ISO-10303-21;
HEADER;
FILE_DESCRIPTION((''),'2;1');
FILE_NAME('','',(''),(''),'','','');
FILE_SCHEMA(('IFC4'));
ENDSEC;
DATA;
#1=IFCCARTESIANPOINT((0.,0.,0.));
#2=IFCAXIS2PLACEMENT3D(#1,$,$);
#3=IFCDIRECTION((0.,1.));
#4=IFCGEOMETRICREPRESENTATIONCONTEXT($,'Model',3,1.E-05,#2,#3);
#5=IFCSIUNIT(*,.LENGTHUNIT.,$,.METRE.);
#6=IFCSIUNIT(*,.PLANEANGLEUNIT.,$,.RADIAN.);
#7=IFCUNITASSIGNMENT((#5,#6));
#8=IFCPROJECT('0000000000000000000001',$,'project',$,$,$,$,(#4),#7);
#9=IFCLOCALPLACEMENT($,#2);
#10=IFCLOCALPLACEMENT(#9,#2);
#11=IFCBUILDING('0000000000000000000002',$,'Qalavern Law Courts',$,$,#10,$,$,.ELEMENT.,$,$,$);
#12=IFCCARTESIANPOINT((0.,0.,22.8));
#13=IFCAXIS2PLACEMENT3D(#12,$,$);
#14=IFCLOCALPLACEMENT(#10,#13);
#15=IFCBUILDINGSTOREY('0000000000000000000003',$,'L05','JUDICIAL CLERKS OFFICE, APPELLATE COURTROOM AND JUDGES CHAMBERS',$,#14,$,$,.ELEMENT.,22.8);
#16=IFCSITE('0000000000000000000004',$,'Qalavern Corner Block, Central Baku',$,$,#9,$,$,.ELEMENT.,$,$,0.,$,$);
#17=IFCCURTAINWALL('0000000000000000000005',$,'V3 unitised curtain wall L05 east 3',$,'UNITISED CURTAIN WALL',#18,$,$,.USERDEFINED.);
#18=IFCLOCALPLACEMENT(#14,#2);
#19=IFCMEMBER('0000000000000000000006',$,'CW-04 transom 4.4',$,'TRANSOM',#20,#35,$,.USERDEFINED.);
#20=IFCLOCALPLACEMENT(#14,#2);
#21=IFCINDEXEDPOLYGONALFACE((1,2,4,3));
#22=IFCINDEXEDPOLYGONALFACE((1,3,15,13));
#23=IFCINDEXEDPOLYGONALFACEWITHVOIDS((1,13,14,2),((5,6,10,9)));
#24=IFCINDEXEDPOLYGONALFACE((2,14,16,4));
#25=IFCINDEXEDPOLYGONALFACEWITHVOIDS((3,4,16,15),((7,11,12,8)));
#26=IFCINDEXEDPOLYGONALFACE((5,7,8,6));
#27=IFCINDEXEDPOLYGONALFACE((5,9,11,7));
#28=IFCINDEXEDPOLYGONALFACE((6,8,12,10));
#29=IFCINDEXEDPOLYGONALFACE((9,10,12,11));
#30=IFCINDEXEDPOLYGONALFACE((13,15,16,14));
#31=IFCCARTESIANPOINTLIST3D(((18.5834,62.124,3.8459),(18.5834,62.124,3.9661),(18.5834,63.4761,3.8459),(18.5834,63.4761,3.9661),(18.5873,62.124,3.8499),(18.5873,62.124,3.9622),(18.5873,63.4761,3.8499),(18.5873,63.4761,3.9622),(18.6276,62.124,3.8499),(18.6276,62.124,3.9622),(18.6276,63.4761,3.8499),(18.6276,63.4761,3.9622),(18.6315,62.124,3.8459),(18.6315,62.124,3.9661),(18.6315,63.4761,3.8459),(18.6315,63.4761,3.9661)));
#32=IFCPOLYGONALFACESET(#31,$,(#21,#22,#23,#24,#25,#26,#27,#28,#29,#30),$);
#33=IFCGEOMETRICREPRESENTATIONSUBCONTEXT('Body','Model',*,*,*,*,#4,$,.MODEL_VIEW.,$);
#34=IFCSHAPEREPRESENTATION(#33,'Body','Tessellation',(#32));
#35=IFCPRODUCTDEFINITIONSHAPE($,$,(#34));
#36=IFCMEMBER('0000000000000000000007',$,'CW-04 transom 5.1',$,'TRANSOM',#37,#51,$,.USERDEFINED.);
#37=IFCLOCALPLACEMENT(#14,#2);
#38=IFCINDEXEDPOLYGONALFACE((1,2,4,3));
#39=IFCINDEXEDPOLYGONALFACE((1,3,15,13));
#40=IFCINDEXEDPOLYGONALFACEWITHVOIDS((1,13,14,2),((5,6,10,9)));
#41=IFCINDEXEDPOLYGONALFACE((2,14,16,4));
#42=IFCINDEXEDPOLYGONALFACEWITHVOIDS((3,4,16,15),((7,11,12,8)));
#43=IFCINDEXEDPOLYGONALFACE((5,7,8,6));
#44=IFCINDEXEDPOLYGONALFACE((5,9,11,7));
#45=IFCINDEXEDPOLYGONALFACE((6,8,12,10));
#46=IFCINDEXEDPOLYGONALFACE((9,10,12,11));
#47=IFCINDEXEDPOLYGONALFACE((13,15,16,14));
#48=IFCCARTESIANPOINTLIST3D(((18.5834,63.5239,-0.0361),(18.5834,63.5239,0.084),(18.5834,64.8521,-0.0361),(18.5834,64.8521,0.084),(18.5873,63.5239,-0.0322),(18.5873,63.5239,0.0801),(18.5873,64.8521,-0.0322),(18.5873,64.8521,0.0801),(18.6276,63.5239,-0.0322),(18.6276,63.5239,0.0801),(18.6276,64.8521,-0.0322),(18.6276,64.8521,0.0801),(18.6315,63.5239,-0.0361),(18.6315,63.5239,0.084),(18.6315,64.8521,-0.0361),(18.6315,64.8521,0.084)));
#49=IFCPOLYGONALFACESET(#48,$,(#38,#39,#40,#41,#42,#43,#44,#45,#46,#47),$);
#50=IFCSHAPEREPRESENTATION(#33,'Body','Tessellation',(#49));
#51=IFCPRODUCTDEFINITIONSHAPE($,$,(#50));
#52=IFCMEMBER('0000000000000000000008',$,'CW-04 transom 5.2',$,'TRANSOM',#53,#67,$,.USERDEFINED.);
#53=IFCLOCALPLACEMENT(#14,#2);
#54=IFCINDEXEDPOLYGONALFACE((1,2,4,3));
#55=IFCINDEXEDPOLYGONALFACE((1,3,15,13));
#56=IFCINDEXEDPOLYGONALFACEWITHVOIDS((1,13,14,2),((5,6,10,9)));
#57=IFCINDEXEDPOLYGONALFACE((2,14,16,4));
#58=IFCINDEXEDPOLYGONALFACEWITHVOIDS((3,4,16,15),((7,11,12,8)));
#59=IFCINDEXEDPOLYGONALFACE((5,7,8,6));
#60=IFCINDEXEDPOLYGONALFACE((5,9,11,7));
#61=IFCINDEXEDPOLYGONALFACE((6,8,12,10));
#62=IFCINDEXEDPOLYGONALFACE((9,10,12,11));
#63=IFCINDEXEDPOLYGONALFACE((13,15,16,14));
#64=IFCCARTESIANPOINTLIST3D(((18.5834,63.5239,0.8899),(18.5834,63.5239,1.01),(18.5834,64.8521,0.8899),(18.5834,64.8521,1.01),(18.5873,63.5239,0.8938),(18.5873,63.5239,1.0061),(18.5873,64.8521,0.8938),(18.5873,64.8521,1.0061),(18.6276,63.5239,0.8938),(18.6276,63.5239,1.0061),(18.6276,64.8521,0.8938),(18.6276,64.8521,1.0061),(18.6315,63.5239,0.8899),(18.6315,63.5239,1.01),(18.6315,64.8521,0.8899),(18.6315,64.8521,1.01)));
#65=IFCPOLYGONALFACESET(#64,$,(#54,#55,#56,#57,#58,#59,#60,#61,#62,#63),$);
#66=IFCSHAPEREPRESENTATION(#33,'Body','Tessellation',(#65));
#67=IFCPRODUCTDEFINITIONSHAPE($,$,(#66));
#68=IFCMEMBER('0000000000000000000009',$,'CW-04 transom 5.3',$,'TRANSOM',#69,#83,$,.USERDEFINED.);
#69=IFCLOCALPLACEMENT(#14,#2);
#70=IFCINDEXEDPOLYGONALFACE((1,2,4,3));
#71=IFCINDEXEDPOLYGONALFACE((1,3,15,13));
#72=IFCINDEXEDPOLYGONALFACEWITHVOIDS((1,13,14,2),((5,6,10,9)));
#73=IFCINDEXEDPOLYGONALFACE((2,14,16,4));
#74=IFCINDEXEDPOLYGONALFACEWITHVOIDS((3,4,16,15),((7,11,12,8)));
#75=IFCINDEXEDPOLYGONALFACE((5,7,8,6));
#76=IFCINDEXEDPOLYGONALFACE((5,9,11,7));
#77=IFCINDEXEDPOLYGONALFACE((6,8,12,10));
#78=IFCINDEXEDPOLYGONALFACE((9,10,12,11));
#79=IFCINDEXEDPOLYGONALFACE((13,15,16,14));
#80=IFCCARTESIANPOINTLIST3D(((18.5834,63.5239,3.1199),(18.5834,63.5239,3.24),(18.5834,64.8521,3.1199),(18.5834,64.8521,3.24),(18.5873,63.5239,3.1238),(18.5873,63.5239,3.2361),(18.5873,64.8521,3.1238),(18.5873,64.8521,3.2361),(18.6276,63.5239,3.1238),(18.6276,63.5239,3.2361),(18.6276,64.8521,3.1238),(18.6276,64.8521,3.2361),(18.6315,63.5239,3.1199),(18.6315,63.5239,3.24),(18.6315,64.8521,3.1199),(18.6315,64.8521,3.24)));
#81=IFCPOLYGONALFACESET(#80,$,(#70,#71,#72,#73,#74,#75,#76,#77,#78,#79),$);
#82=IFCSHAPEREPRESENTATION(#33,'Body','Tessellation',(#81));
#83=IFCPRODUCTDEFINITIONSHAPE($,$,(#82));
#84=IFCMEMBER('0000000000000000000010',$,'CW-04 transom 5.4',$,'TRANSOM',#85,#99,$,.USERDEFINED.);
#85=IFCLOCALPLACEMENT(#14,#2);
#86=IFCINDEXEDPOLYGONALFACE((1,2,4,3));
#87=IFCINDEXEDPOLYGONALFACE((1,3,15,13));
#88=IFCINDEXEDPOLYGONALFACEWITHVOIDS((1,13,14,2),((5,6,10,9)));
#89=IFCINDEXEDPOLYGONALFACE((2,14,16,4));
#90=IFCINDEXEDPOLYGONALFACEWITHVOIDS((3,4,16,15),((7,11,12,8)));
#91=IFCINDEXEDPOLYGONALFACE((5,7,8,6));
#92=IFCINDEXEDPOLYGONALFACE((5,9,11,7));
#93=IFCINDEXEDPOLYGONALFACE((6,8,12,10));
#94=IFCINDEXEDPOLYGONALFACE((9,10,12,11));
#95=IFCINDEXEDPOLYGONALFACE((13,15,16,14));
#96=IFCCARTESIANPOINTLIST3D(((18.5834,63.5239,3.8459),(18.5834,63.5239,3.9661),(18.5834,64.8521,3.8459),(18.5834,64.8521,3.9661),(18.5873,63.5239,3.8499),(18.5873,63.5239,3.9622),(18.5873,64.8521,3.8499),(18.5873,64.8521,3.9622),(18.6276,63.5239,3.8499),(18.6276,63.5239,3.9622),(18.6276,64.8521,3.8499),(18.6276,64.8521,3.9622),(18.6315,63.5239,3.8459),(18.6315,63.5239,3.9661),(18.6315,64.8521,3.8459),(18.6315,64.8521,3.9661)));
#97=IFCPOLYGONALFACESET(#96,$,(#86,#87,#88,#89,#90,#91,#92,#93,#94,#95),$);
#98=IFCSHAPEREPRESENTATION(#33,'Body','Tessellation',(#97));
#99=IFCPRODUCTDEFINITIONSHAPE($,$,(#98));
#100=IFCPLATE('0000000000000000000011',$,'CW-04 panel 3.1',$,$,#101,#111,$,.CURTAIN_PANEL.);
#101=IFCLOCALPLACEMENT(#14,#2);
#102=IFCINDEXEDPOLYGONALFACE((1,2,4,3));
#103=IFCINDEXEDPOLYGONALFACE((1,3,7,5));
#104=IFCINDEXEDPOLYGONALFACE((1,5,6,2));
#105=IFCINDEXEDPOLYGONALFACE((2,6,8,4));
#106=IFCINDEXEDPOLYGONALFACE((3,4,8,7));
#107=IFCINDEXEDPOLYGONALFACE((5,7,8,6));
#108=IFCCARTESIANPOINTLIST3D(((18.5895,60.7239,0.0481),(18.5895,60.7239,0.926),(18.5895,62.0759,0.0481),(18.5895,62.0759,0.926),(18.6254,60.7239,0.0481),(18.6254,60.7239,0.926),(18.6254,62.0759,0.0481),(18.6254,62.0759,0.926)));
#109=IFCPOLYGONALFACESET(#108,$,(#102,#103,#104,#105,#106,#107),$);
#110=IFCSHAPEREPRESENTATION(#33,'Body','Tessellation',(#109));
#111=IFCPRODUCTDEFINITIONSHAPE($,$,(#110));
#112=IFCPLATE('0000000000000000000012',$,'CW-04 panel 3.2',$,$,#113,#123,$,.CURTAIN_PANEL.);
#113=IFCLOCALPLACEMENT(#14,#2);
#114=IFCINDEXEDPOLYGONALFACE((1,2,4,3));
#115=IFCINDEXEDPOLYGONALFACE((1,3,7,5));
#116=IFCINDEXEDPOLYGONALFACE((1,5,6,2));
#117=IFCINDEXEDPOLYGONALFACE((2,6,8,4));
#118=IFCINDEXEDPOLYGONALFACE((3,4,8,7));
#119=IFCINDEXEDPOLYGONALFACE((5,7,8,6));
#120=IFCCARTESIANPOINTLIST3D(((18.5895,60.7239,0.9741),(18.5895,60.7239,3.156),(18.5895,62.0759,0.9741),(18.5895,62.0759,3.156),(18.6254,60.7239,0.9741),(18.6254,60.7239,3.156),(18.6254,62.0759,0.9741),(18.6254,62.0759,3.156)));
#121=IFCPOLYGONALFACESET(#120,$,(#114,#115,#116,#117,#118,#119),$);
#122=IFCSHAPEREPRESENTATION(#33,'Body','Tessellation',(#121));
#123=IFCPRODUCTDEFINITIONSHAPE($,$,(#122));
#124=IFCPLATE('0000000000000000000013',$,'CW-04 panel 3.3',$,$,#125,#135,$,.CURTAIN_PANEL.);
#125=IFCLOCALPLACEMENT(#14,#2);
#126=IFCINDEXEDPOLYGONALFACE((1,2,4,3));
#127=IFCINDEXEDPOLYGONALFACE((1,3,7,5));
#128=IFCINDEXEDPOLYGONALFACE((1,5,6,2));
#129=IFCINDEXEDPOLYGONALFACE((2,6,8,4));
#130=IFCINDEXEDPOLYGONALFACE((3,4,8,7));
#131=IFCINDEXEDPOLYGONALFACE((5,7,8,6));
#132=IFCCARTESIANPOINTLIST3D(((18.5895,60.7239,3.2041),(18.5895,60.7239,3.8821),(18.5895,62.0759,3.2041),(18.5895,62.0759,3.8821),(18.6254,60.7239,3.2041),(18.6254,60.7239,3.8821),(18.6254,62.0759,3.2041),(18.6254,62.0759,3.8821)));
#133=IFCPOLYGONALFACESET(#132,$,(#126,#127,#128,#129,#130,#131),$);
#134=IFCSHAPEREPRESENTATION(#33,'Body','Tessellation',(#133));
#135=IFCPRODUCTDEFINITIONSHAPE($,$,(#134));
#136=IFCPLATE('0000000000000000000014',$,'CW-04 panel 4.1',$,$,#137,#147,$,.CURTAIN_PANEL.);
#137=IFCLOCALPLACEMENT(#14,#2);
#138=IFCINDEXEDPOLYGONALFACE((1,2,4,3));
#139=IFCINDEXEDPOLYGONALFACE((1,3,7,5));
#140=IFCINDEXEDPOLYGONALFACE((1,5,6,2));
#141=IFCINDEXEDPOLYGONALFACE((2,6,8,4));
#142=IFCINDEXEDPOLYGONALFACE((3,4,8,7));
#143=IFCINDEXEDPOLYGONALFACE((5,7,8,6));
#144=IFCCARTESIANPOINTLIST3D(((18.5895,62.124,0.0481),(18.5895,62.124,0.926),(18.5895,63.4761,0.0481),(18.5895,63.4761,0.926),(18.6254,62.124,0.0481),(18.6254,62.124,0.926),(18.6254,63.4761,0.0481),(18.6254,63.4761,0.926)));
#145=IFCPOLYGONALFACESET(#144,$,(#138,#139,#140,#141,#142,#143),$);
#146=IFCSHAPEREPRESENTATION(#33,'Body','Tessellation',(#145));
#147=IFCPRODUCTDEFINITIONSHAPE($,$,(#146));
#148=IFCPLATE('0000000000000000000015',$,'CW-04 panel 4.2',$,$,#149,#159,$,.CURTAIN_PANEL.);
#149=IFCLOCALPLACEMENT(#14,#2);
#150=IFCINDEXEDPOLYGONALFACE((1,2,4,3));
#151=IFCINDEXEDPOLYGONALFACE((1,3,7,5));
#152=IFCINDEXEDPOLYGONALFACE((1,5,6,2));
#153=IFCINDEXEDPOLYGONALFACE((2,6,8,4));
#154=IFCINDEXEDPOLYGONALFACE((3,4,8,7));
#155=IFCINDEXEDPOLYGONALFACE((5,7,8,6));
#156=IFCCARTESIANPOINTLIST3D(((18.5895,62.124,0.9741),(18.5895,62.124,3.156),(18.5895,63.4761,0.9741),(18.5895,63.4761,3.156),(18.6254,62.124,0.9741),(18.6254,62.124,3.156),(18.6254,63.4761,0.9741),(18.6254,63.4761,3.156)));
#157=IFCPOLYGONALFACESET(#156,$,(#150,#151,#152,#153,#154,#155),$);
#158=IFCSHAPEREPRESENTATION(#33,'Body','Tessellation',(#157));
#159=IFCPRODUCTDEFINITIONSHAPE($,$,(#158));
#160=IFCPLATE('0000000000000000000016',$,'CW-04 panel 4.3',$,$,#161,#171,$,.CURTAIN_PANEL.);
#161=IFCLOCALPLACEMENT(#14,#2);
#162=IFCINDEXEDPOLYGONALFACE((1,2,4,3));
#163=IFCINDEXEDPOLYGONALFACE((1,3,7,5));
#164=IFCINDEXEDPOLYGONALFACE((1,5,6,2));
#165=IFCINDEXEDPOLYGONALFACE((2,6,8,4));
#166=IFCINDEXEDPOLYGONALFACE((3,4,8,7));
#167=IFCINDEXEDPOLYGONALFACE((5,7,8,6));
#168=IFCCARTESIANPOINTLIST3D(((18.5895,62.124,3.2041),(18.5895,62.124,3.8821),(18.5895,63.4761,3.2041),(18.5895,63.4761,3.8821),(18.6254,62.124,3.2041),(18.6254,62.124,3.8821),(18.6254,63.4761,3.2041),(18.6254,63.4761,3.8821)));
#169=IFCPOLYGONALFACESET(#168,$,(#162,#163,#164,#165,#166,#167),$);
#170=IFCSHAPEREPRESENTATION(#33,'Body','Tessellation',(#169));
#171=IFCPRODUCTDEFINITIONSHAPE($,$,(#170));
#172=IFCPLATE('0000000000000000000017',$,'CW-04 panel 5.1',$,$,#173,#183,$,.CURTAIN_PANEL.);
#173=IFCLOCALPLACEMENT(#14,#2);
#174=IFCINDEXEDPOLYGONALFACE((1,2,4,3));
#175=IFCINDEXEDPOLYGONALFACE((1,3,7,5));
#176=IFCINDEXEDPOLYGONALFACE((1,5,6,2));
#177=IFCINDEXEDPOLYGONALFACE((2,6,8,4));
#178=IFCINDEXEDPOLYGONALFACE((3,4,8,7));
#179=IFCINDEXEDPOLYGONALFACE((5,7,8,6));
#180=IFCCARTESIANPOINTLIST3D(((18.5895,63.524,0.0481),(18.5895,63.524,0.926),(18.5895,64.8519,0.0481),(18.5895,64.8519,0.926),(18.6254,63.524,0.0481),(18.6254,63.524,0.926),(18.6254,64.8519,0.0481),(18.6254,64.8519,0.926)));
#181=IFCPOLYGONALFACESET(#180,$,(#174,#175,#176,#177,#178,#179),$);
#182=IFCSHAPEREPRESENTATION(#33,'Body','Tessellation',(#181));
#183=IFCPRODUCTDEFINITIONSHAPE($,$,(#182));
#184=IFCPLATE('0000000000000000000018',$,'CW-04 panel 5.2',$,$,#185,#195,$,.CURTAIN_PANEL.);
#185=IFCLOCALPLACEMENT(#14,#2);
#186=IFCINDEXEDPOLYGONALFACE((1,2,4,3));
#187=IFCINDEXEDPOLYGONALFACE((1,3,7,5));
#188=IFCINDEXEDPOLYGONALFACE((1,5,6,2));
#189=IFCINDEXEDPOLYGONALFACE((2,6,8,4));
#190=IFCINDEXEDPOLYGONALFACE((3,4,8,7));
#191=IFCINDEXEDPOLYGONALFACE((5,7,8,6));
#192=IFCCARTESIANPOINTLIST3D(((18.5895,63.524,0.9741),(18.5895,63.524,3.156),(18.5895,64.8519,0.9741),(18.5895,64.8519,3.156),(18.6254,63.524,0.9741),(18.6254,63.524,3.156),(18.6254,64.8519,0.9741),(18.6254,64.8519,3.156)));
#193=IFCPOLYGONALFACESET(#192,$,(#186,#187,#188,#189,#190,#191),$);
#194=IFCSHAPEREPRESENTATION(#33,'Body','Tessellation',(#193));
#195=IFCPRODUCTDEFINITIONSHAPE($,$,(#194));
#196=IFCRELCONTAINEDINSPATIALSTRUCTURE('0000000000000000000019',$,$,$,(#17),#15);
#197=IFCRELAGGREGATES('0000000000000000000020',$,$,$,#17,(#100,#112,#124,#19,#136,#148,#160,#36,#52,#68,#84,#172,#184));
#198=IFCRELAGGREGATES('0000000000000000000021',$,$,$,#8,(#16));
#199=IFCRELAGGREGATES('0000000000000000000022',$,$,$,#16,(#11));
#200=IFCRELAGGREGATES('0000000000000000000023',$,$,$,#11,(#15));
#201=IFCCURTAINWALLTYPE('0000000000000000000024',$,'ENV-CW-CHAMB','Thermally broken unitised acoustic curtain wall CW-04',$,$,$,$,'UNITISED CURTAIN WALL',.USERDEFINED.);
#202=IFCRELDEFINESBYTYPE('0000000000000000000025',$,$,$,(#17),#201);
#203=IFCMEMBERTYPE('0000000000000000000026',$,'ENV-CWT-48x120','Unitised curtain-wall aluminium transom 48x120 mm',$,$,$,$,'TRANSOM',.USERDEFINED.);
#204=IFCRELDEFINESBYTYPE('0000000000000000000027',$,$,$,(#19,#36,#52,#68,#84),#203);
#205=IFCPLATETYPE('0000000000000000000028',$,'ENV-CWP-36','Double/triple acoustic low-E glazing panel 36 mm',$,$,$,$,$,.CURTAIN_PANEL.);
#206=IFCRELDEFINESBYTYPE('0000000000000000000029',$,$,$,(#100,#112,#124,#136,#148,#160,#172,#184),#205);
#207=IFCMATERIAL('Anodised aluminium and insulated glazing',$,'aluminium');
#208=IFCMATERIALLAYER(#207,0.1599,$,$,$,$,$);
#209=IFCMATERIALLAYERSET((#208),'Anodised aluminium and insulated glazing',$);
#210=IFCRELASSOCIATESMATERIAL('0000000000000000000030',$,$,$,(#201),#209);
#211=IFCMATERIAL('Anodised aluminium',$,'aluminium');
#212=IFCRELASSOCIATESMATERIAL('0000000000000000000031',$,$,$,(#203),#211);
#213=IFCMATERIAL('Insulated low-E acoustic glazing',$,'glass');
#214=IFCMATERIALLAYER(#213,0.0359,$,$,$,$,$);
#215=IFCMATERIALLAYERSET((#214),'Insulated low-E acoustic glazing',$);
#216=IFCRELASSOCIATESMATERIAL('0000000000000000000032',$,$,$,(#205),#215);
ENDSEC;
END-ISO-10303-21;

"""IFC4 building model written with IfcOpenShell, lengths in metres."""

from ifc_helpers import new_model, si_unit, direction, frame, origin, origin_2d, place, context, subcontext, project, spatial, rectangle, hollow_rectangle, extrude, material, layer, layer_set, material_profile, profile_set, type_object, element, aggregate, save


model = new_model("IFC4")

# Units and contexts
model_context = context("Model", 3, precision=1e-05, world=origin(), true_north=direction((0.0, 1.0)))
body_context = subcontext(model_context, "Body", "Model", "MODEL_VIEW")
ifc_project = project(units=[si_unit("LENGTHUNIT", "METRE"), si_unit("PLANEANGLEUNIT", "RADIAN")], contexts=[model_context])

# Site, building, storey
site_placement = place(None, origin())
site = spatial("IfcSite", under=ifc_project, at=site_placement, Name="Qalavern Corner Block, Central Baku", CompositionType="ELEMENT", RefElevation=0.0)
building_placement = place(site_placement, origin())
building = spatial("IfcBuilding", under=site, at=building_placement, Name="Qalavern Law Courts", CompositionType="ELEMENT")
storey_placement = place(building_placement, frame((0.0, 0.0, 22.8)))
storey = spatial("IfcBuildingStorey", under=building, at=storey_placement, Name="L05", Description="JUDICIAL CLERKS OFFICE, APPELLATE COURTROOM AND JUDGES CHAMBERS", CompositionType="ELEMENT", Elevation=22.8)

# Curtain wall, members, plates
ifc_material_1 = material(Name="Anodised aluminium and insulated glazing", Category="aluminium")
ifc_layer_1 = layer(ifc_material_1, 0.1599)
ifc_layer_set_1 = layer_set([ifc_layer_1], Name="Anodised aluminium and insulated glazing")
curtain_wall_type = type_object("IfcCurtainWallType", Name="ENV-CW-CHAMB", Description="Thermally broken unitised acoustic curtain wall CW-04", ElementType="UNITISED CURTAIN WALL", PredefinedType="USERDEFINED", material=ifc_layer_set_1)
curtain_wall_placement = place(storey_placement, origin())
curtain_wall = element("IfcCurtainWall", 1, at=curtain_wall_placement, inside=storey, type_object=curtain_wall_type, Name="V3 unitised curtain wall L05 east 3", ObjectType="UNITISED CURTAIN WALL", PredefinedType="USERDEFINED")
ifc_material_2 = material(Name="Anodised aluminium", Category="aluminium")
ifc_material_profile_1 = material_profile(ifc_material_2, hollow_rectangle(XDim=0.0481, YDim=0.1201, WallThickness=0.0039, at=origin_2d()), Name="ALU TRANSOM 48x120")
ifc_profile_set_1 = profile_set([ifc_material_profile_1], Name="Anodised aluminium")
member_type_1 = type_object("IfcMemberType", Name="ENV-CWT-48x120", Description="Unitised curtain-wall aluminium transom 48x120 mm", ElementType="TRANSOM", PredefinedType="USERDEFINED", material=ifc_profile_set_1)
member_1_placement = place(storey_placement, frame((18.6074, 62.124, 3.906), z_axis=(0.0, 1.0, 0.0), x_axis=(-1.0, 0.0, 0.0)))
member_1 = element("IfcMember", 2, at=member_1_placement, type_object=member_type_1, Name="CW-04 transom 4.4", ObjectType="TRANSOM", PredefinedType="USERDEFINED", context=body_context, shape_type="SweptSolid", body=[
    extrude(hollow_rectangle(XDim=0.0481, YDim=0.1201, WallThickness=0.0039, at=origin_2d()), origin(), (0.0, 0.0, 1.0), 1.3521),
])
member_2_placement = place(storey_placement, frame((18.6074, 63.5239, 0.0239), z_axis=(0.0, 1.0, 0.0), x_axis=(-1.0, 0.0, 0.0)))
member_2 = element("IfcMember", 3, at=member_2_placement, type_object=member_type_1, Name="CW-04 transom 5.1", ObjectType="TRANSOM", PredefinedType="USERDEFINED", context=body_context, shape_type="SweptSolid", body=[
    extrude(hollow_rectangle(XDim=0.0481, YDim=0.1201, WallThickness=0.0039, at=origin_2d()), origin(), (0.0, 0.0, 1.0), 1.3281),
])
member_3_placement = place(storey_placement, frame((18.6074, 63.5239, 0.95), z_axis=(0.0, 1.0, 0.0), x_axis=(-1.0, 0.0, 0.0)))
member_3 = element("IfcMember", 4, at=member_3_placement, type_object=member_type_1, Name="CW-04 transom 5.2", ObjectType="TRANSOM", PredefinedType="USERDEFINED", context=body_context, shape_type="SweptSolid", body=[
    extrude(hollow_rectangle(XDim=0.0481, YDim=0.1201, WallThickness=0.0039, at=origin_2d()), origin(), (0.0, 0.0, 1.0), 1.3281),
])
member_4_placement = place(storey_placement, frame((18.6074, 63.5239, 3.1799), z_axis=(0.0, 1.0, 0.0), x_axis=(-1.0, 0.0, 0.0)))
member_4 = element("IfcMember", 5, at=member_4_placement, type_object=member_type_1, Name="CW-04 transom 5.3", ObjectType="TRANSOM", PredefinedType="USERDEFINED", context=body_context, shape_type="SweptSolid", body=[
    extrude(hollow_rectangle(XDim=0.0481, YDim=0.1201, WallThickness=0.0039, at=origin_2d()), origin(), (0.0, 0.0, 1.0), 1.3281),
])
member_5_placement = place(storey_placement, frame((18.6074, 63.5239, 3.906), z_axis=(0.0, 1.0, 0.0), x_axis=(-1.0, 0.0, 0.0)))
member_5 = element("IfcMember", 6, at=member_5_placement, type_object=member_type_1, Name="CW-04 transom 5.4", ObjectType="TRANSOM", PredefinedType="USERDEFINED", context=body_context, shape_type="SweptSolid", body=[
    extrude(hollow_rectangle(XDim=0.0481, YDim=0.1201, WallThickness=0.0039, at=origin_2d()), origin(), (0.0, 0.0, 1.0), 1.3281),
])
ifc_material_3 = material(Name="Insulated low-E acoustic glazing", Category="glass")
ifc_layer_2 = layer(ifc_material_3, 0.0359)
ifc_layer_set_2 = layer_set([ifc_layer_2], Name="Insulated low-E acoustic glazing")
plate_type = type_object("IfcPlateType", Name="ENV-CWP-36", Description="Double/triple acoustic low-E glazing panel 36 mm", PredefinedType="CURTAIN_PANEL", material=ifc_layer_set_2)
plate_1_placement = place(storey_placement, frame((18.6074, 61.3999, 0.0481), z_axis=(0.0, 0.0, 1.0), x_axis=(0.0, 1.0, 0.0)))
plate_1 = element("IfcPlate", 7, at=plate_1_placement, type_object=plate_type, Name="CW-04 panel 3.1", PredefinedType="CURTAIN_PANEL", context=body_context, shape_type="SweptSolid", body=[
    extrude(rectangle(XDim=1.3521, YDim=0.0359, at=origin_2d()), origin(), (0.0, 0.0, 1.0), 0.8779),
])
plate_2_placement = place(storey_placement, frame((18.6074, 61.3999, 0.9741), z_axis=(0.0, 0.0, 1.0), x_axis=(0.0, 1.0, 0.0)))
plate_2 = element("IfcPlate", 8, at=plate_2_placement, type_object=plate_type, Name="CW-04 panel 3.2", PredefinedType="CURTAIN_PANEL", context=body_context, shape_type="SweptSolid", body=[
    extrude(rectangle(XDim=1.3521, YDim=0.0359, at=origin_2d()), origin(), (0.0, 0.0, 1.0), 2.1819),
])
plate_3_placement = place(storey_placement, frame((18.6074, 61.3999, 3.2041), z_axis=(0.0, 0.0, 1.0), x_axis=(0.0, 1.0, 0.0)))
plate_3 = element("IfcPlate", 9, at=plate_3_placement, type_object=plate_type, Name="CW-04 panel 3.3", PredefinedType="CURTAIN_PANEL", context=body_context, shape_type="SweptSolid", body=[
    extrude(rectangle(XDim=1.3521, YDim=0.0359, at=origin_2d()), origin(), (0.0, 0.0, 1.0), 0.678),
])
plate_4_placement = place(storey_placement, frame((18.6074, 62.8, 0.0481), z_axis=(0.0, 0.0, 1.0), x_axis=(0.0, 1.0, 0.0)))
plate_4 = element("IfcPlate", 10, at=plate_4_placement, type_object=plate_type, Name="CW-04 panel 4.1", PredefinedType="CURTAIN_PANEL", context=body_context, shape_type="SweptSolid", body=[
    extrude(rectangle(XDim=1.3521, YDim=0.0359, at=origin_2d()), origin(), (0.0, 0.0, 1.0), 0.8779),
])
plate_5_placement = place(storey_placement, frame((18.6074, 62.8, 0.9741), z_axis=(0.0, 0.0, 1.0), x_axis=(0.0, 1.0, 0.0)))
plate_5 = element("IfcPlate", 11, at=plate_5_placement, type_object=plate_type, Name="CW-04 panel 4.2", PredefinedType="CURTAIN_PANEL", context=body_context, shape_type="SweptSolid", body=[
    extrude(rectangle(XDim=1.3521, YDim=0.0359, at=origin_2d()), origin(), (0.0, 0.0, 1.0), 2.1819),
])
plate_6_placement = place(storey_placement, frame((18.6074, 62.8, 3.2041), z_axis=(0.0, 0.0, 1.0), x_axis=(0.0, 1.0, 0.0)))
plate_6 = element("IfcPlate", 12, at=plate_6_placement, type_object=plate_type, Name="CW-04 panel 4.3", PredefinedType="CURTAIN_PANEL", context=body_context, shape_type="SweptSolid", body=[
    extrude(rectangle(XDim=1.3521, YDim=0.0359, at=origin_2d()), origin(), (0.0, 0.0, 1.0), 0.678),
])
plate_7_placement = place(storey_placement, frame((18.6074, 64.188, 0.0481), z_axis=(0.0, 0.0, 1.0), x_axis=(0.0, 1.0, 0.0)))
plate_7 = element("IfcPlate", 13, at=plate_7_placement, type_object=plate_type, Name="CW-04 panel 5.1", PredefinedType="CURTAIN_PANEL", context=body_context, shape_type="SweptSolid", body=[
    extrude(rectangle(XDim=1.3279, YDim=0.0359, at=origin_2d()), origin(), (0.0, 0.0, 1.0), 0.8779),
])
plate_8_placement = place(storey_placement, frame((18.6074, 64.188, 0.9741), z_axis=(0.0, 0.0, 1.0), x_axis=(0.0, 1.0, 0.0)))
plate_8 = element("IfcPlate", 14, at=plate_8_placement, type_object=plate_type, Name="CW-04 panel 5.2", PredefinedType="CURTAIN_PANEL", context=body_context, shape_type="SweptSolid", body=[
    extrude(rectangle(XDim=1.3279, YDim=0.0359, at=origin_2d()), origin(), (0.0, 0.0, 1.0), 2.1819),
])
aggregate(curtain_wall, [plate_1, plate_2, plate_3, member_1, plate_4, plate_5, plate_6, member_2, member_3, member_4, member_5, plate_7, plate_8])

save(model, "model.ifc")
